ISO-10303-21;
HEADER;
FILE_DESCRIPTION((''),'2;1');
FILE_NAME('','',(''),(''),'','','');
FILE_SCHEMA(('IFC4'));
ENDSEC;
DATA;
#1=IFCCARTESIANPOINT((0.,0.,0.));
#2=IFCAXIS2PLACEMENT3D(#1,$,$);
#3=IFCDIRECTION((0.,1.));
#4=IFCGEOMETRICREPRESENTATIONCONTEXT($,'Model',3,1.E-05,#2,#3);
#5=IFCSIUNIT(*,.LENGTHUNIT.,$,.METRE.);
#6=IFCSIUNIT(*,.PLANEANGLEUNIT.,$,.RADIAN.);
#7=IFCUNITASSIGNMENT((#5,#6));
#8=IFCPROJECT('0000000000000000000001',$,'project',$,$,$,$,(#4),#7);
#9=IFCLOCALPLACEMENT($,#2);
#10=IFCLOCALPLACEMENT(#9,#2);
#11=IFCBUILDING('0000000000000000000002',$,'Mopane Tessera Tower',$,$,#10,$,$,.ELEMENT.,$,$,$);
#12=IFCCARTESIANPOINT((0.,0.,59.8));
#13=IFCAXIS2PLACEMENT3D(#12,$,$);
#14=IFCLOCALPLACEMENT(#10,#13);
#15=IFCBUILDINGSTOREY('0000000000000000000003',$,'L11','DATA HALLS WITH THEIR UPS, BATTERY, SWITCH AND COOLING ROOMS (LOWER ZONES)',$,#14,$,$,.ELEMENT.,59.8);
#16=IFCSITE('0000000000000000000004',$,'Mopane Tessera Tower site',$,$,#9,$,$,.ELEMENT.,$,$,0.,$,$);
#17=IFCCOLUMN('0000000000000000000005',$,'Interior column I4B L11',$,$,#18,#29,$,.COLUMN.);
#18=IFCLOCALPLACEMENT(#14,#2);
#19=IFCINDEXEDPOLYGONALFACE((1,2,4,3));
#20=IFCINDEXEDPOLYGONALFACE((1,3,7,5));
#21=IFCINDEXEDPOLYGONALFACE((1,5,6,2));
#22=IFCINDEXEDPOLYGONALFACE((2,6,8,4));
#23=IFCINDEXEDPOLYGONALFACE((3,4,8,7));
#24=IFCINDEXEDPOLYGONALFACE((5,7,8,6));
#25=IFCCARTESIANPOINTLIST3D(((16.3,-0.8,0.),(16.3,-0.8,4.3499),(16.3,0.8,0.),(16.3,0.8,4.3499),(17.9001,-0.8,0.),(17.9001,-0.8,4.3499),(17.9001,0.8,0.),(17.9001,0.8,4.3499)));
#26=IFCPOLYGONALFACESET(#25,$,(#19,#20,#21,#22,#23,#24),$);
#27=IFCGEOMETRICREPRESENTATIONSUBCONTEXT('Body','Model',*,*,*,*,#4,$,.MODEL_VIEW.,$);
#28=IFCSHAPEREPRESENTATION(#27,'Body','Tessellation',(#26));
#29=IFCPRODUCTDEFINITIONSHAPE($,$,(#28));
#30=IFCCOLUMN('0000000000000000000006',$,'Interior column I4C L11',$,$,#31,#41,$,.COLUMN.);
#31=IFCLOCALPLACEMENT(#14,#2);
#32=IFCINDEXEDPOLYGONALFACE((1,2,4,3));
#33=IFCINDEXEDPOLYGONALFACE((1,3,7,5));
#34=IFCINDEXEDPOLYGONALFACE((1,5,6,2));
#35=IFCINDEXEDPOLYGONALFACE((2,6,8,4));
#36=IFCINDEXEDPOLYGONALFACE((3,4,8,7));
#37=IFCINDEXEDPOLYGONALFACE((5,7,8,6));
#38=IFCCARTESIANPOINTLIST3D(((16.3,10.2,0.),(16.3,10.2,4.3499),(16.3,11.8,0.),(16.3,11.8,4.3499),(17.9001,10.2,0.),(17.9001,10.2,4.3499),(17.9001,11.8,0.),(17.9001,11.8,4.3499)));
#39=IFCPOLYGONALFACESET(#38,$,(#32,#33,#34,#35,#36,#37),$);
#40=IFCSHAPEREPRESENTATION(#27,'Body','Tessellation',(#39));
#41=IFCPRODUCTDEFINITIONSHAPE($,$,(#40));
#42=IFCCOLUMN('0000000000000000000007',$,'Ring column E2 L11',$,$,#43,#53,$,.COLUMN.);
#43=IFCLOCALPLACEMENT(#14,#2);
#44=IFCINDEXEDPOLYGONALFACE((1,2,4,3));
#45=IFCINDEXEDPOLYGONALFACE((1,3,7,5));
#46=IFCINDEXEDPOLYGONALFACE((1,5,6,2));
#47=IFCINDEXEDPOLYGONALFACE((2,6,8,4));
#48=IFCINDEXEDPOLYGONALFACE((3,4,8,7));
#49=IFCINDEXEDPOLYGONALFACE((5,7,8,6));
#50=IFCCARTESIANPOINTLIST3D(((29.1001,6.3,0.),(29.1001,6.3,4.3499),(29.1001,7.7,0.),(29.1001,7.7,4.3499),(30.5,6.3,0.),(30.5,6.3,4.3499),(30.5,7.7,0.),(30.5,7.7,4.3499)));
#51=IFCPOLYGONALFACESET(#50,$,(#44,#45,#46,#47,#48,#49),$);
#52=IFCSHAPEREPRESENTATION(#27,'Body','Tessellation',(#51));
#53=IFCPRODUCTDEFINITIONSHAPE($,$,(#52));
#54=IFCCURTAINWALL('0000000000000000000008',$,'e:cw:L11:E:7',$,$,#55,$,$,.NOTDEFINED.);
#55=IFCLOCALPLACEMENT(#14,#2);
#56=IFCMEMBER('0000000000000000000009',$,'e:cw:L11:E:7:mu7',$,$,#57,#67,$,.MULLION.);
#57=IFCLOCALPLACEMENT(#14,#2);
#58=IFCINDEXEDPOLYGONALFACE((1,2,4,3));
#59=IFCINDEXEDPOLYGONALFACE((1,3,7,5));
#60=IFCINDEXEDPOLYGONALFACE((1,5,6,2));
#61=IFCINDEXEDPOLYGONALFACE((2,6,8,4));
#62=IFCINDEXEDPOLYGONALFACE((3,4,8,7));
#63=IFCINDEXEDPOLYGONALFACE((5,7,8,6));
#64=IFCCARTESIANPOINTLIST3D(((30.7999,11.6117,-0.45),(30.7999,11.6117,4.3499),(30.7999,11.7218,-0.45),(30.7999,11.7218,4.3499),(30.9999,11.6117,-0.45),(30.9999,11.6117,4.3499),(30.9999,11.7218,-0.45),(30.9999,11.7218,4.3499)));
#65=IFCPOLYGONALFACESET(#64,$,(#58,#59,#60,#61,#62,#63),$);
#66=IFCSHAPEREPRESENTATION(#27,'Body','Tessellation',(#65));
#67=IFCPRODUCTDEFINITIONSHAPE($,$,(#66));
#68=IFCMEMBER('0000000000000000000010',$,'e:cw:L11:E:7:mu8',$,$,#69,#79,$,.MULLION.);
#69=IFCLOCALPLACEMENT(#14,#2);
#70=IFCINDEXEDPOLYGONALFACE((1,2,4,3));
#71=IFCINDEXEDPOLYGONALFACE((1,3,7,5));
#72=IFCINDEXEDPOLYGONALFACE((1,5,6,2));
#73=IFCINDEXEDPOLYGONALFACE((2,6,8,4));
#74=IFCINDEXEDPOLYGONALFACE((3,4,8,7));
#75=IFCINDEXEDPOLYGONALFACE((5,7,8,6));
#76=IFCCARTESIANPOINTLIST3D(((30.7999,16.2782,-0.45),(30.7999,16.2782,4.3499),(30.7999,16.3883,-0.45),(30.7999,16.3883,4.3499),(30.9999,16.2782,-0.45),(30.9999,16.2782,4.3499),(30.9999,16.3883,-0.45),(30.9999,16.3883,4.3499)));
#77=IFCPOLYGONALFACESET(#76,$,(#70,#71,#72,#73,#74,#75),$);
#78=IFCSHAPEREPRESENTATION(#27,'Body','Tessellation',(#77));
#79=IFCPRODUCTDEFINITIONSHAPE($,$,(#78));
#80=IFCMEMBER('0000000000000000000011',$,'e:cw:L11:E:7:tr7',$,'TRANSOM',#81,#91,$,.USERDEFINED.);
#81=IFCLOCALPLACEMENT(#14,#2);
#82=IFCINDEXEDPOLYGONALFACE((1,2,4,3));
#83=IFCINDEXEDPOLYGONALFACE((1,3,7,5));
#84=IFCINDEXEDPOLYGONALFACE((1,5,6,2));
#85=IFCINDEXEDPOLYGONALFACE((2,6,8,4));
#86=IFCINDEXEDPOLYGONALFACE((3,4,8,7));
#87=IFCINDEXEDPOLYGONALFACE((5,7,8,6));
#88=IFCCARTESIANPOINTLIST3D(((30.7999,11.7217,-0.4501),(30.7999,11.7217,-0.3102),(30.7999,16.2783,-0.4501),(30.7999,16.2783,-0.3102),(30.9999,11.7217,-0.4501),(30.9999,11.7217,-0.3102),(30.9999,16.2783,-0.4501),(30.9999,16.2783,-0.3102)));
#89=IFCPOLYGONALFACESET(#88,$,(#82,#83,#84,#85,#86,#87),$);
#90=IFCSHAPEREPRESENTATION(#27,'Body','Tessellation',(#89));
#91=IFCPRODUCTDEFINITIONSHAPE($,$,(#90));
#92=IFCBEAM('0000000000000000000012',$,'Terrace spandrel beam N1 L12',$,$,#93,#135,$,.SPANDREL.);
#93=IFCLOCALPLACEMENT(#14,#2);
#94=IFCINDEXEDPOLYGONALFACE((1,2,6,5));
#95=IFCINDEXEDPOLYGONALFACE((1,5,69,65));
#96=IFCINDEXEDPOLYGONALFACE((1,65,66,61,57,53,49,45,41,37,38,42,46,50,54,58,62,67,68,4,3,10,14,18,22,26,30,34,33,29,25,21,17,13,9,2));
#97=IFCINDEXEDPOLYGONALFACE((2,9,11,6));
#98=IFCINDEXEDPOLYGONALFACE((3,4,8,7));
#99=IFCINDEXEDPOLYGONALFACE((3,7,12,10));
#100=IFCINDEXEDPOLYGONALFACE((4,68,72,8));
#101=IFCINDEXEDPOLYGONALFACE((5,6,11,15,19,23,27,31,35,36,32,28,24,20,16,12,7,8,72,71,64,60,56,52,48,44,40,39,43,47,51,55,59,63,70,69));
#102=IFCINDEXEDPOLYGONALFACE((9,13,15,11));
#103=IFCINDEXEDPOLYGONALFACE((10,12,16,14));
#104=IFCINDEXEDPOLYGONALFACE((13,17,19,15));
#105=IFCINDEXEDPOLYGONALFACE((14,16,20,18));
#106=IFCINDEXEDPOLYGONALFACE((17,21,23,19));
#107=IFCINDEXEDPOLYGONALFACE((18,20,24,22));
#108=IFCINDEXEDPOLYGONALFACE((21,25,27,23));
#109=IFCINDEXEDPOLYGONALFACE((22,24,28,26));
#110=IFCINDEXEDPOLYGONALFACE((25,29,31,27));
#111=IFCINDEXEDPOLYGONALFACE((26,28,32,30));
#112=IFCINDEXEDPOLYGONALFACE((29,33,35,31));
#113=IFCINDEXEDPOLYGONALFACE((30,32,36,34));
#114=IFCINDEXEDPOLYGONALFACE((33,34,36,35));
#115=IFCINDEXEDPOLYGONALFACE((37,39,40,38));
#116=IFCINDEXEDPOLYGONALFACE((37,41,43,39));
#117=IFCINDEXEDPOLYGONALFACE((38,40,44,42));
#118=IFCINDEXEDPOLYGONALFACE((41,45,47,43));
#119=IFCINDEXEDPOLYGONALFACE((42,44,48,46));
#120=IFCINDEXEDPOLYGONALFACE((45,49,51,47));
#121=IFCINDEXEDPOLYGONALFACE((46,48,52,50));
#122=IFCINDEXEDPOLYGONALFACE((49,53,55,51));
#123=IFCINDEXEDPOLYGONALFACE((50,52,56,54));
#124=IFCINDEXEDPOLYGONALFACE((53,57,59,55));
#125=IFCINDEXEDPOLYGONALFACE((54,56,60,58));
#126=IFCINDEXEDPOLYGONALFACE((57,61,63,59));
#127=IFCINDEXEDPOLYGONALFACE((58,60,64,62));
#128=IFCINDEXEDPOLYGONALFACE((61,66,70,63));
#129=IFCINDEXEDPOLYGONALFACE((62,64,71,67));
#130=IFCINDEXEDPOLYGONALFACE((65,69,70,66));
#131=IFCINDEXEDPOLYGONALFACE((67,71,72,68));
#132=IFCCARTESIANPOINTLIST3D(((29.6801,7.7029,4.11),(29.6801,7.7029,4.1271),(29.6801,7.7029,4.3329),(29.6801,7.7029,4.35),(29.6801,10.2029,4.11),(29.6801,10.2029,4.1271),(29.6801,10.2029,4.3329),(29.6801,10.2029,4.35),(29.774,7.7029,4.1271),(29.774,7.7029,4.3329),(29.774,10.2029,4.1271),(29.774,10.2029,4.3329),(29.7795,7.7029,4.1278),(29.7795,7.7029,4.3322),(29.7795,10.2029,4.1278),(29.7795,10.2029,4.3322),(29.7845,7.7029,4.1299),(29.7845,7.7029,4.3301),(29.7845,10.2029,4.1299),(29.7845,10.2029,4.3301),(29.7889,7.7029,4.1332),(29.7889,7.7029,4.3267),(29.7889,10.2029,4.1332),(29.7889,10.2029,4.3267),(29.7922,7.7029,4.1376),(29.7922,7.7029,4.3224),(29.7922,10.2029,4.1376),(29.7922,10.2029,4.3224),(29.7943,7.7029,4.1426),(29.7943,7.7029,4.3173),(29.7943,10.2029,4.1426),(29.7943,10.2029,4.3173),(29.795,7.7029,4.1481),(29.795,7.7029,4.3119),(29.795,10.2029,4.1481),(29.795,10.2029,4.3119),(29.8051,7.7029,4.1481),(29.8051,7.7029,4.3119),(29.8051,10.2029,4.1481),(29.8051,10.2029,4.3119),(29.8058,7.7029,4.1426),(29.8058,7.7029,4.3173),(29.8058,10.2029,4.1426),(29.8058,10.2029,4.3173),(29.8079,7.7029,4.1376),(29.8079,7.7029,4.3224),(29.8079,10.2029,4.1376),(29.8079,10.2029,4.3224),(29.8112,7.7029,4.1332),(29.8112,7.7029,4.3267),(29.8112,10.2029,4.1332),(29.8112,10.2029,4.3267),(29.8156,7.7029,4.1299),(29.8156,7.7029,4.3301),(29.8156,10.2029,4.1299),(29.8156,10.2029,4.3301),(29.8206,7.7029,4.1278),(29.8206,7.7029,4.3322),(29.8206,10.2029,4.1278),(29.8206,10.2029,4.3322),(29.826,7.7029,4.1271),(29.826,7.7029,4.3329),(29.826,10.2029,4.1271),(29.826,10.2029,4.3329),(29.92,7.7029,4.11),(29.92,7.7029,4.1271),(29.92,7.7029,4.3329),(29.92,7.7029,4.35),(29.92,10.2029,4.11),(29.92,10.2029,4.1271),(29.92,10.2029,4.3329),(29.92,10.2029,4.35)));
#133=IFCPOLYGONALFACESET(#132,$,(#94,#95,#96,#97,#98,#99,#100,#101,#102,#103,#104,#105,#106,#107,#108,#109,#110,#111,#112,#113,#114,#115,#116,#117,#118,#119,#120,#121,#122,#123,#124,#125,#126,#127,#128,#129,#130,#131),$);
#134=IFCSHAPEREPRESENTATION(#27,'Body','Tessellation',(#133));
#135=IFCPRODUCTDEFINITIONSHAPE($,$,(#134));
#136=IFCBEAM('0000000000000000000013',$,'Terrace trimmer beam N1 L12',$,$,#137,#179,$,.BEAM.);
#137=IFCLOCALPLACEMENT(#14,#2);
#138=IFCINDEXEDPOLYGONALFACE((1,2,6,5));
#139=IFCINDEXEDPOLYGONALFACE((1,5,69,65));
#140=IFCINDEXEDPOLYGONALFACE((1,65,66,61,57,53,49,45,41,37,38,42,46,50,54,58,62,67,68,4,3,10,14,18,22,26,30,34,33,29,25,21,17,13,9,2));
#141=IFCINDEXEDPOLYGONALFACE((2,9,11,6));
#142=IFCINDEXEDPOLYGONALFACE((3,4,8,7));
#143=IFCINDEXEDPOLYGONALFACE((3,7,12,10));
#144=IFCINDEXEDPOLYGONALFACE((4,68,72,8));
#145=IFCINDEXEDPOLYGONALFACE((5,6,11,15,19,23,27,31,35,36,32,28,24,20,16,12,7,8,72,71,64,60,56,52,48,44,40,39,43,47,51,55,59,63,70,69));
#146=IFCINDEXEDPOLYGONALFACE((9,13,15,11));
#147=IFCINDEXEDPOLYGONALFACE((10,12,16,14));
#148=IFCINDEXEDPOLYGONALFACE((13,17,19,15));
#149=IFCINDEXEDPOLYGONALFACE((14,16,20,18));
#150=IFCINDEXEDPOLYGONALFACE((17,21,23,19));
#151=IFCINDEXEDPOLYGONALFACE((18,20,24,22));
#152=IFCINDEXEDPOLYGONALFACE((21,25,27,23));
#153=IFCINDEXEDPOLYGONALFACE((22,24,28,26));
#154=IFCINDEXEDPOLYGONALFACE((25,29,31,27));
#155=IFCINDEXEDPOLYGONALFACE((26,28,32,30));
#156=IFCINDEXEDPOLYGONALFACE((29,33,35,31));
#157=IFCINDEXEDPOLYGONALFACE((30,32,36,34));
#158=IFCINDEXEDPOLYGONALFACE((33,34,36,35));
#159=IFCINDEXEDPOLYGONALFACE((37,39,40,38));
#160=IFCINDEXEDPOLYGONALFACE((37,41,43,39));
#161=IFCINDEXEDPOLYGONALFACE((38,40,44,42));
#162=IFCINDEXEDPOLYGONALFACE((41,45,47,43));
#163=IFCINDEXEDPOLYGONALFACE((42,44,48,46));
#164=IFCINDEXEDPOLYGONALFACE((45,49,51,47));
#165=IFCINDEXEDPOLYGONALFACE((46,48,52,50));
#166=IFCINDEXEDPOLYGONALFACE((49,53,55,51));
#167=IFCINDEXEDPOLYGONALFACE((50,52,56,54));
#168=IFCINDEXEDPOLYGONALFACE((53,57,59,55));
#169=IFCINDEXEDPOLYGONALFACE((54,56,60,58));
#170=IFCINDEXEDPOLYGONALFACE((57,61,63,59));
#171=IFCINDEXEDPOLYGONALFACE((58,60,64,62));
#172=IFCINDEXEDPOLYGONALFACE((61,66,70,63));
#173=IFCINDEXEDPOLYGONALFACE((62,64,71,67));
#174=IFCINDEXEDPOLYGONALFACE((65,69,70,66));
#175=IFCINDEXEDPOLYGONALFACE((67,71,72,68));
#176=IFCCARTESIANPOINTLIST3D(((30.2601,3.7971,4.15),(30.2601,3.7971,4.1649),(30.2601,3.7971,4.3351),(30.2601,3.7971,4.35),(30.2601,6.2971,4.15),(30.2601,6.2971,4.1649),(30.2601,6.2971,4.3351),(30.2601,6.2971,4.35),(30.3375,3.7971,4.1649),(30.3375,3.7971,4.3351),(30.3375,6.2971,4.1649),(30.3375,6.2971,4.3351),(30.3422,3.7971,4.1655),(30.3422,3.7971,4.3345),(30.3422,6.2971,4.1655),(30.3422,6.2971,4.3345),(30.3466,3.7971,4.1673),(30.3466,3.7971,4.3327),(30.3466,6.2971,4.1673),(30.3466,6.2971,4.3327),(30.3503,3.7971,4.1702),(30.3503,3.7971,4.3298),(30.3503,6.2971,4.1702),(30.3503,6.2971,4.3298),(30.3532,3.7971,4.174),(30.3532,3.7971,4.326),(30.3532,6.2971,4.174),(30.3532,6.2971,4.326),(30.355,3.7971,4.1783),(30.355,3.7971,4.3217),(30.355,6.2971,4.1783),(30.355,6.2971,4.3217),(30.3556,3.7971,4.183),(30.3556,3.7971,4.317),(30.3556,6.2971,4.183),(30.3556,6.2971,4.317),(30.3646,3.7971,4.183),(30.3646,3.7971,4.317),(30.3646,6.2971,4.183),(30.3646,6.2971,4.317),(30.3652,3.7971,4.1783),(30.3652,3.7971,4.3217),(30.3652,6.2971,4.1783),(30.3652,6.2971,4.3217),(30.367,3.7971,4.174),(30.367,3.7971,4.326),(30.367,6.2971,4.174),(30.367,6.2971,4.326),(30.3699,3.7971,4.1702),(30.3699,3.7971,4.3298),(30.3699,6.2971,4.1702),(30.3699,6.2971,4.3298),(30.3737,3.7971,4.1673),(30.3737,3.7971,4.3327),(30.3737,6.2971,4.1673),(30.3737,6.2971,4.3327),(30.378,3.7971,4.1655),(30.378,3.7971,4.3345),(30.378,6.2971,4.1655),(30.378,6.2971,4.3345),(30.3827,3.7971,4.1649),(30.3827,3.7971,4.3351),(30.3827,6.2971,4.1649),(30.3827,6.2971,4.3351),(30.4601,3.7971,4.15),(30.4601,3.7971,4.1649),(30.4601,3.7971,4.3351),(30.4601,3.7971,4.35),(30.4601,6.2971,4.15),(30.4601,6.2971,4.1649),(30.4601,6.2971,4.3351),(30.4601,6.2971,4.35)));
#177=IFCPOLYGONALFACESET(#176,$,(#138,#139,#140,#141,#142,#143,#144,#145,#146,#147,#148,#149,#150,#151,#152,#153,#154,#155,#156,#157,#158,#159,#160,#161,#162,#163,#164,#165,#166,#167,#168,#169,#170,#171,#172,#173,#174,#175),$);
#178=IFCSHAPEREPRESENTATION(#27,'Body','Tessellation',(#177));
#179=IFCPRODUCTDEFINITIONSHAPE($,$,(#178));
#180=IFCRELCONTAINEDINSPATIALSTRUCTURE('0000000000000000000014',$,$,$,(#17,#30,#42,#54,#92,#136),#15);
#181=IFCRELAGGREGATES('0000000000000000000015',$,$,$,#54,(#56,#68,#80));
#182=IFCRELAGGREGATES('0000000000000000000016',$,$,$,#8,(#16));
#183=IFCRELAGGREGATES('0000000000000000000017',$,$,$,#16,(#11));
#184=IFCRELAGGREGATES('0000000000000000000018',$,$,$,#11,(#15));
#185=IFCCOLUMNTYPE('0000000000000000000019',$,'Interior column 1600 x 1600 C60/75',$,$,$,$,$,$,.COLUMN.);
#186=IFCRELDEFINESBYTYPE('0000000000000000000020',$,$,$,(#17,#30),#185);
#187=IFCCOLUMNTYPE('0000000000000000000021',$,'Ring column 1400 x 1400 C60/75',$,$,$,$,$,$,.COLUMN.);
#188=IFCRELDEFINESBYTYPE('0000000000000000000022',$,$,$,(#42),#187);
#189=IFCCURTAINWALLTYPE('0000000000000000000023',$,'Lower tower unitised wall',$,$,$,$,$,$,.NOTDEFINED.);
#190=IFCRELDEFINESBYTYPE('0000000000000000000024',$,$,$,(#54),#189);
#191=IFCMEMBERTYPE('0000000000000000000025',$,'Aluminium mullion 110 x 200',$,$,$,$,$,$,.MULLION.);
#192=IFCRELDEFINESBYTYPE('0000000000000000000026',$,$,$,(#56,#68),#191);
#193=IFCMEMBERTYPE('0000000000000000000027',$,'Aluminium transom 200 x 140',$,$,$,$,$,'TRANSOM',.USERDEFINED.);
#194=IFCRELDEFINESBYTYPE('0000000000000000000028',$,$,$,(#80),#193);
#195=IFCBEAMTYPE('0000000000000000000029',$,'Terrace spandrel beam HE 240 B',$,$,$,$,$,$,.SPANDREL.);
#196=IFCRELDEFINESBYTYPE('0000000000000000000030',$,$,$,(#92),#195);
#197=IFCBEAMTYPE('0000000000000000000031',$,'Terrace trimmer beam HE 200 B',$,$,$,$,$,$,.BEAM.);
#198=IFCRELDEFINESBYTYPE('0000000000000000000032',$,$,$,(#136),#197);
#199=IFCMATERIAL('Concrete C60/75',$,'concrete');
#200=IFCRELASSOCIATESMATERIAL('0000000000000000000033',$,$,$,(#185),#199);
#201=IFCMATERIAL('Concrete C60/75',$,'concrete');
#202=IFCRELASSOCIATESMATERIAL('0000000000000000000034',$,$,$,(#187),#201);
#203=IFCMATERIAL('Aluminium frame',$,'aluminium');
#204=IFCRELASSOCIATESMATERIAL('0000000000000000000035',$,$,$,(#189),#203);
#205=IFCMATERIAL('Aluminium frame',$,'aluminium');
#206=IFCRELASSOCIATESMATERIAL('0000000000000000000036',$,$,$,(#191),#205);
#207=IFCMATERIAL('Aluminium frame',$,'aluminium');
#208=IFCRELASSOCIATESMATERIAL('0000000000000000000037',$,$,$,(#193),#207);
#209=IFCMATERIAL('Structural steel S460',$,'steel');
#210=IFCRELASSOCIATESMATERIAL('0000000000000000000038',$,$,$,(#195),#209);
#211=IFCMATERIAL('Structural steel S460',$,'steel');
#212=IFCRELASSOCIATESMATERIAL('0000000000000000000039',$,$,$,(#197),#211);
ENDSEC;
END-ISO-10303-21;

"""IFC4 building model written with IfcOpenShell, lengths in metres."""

from ifc_helpers import new_model, si_unit, direction, frame, origin, origin_2d, place, context, subcontext, project, spatial, rectangle, i_section, extrude, material, material_profile, profile_set, type_object, element, aggregate, save


model = new_model("IFC4")

# Units and contexts
model_context = context("Model", 3, precision=1e-05, world=origin(), true_north=direction((0.0, 1.0)))
body_context = subcontext(model_context, "Body", "Model", "MODEL_VIEW")
ifc_project = project(units=[si_unit("LENGTHUNIT", "METRE"), si_unit("PLANEANGLEUNIT", "RADIAN")], contexts=[model_context])

# Site, building, storey
site_placement = place(None, origin())
site = spatial("IfcSite", under=ifc_project, at=site_placement, Name="Mopane Tessera Tower site", CompositionType="ELEMENT", RefElevation=0.0)
building_placement = place(site_placement, origin())
building = spatial("IfcBuilding", under=site, at=building_placement, Name="Mopane Tessera Tower", CompositionType="ELEMENT")
storey_placement = place(building_placement, frame((0.0, 0.0, 59.8)))
storey = spatial("IfcBuildingStorey", under=building, at=storey_placement, Name="L11", Description="DATA HALLS WITH THEIR UPS, BATTERY, SWITCH AND COOLING ROOMS (LOWER ZONES)", CompositionType="ELEMENT", Elevation=59.8)

# Columns
ifc_material_1 = material(Name="Concrete C60/75", Category="concrete")
ifc_material_profile_1 = material_profile(ifc_material_1, rectangle(XDim=1.6001, YDim=1.6001, at=origin_2d()))
ifc_profile_set_1 = profile_set([ifc_material_profile_1], Name="Concrete C60/75")
column_type_1 = type_object("IfcColumnType", Name="Interior column 1600 x 1600 C60/75", PredefinedType="COLUMN", material=ifc_profile_set_1)
for number, where, z_axis, x_axis, name in (
    (1, (17.1001, 0.0, 0.0), (0.0, 0.0, 1.0), (1.0, 0.0, 0.0), "Interior column I4B L11"),
    (2, (17.1001, 11.0, 0.0), (0.0, 0.0, 1.0), (1.0, 0.0, 0.0), "Interior column I4C L11"),
):
    element("IfcColumn", number, at=place(storey_placement, frame(where, z_axis=z_axis, x_axis=x_axis)), inside=storey, type_object=column_type_1, Name=name, PredefinedType="COLUMN", context=body_context, shape_type="SweptSolid", body=[
        extrude(rectangle(XDim=1.6001, YDim=1.6001, at=origin_2d()), origin(), (0.0, 0.0, 1.0), 4.3499),
    ])
ifc_material_2 = material(Name="Concrete C60/75", Category="concrete")
ifc_material_profile_2 = material_profile(ifc_material_2, rectangle(XDim=1.3999, YDim=1.3999, at=origin_2d()))
ifc_profile_set_2 = profile_set([ifc_material_profile_2], Name="Concrete C60/75")
column_type_2 = type_object("IfcColumnType", Name="Ring column 1400 x 1400 C60/75", PredefinedType="COLUMN", material=ifc_profile_set_2)
column_placement = place(storey_placement, frame((29.8, 7.0, 0.0), z_axis=(0.0, 0.0, 1.0), x_axis=(1.0, 0.0, 0.0)))
element("IfcColumn", 3, at=column_placement, inside=storey, type_object=column_type_2, Name="Ring column E2 L11", PredefinedType="COLUMN", context=body_context, shape_type="SweptSolid", body=[
    extrude(rectangle(XDim=1.3999, YDim=1.3999, at=origin_2d()), origin(), (0.0, 0.0, 1.0), 4.3499),
])

# Curtain wall, members
ifc_material_3 = material(Name="Aluminium frame", Category="aluminium")
curtain_wall_type = type_object("IfcCurtainWallType", Name="Lower tower unitised wall", PredefinedType="NOTDEFINED", material=ifc_material_3)
curtain_wall_placement = place(storey_placement, origin())
curtain_wall = element("IfcCurtainWall", 4, at=curtain_wall_placement, inside=storey, type_object=curtain_wall_type, Name="e:cw:L11:E:7", PredefinedType="NOTDEFINED")
ifc_material_4 = material(Name="Aluminium frame", Category="aluminium")
ifc_material_profile_3 = material_profile(ifc_material_4, rectangle(XDim=0.1101, YDim=0.2, at=origin_2d()))
ifc_profile_set_3 = profile_set([ifc_material_profile_3], Name="Aluminium frame")
member_type_1 = type_object("IfcMemberType", Name="Aluminium mullion 110 x 200", PredefinedType="MULLION", material=ifc_profile_set_3)
member_1_placement = place(storey_placement, frame((30.8999, 11.6667, -0.45), z_axis=(0.0, 0.0, 1.0), x_axis=(0.0, 1.0, 0.0)))
member_1 = element("IfcMember", 5, at=member_1_placement, type_object=member_type_1, Name="e:cw:L11:E:7:mu7", PredefinedType="MULLION", context=body_context, shape_type="SweptSolid", body=[
    extrude(rectangle(XDim=0.1101, YDim=0.2, at=origin_2d()), origin(), (0.0, 0.0, 1.0), 4.7998),
])
member_2_placement = place(storey_placement, frame((30.8999, 16.3333, -0.45), z_axis=(0.0, 0.0, 1.0), x_axis=(0.0, 1.0, 0.0)))
member_2 = element("IfcMember", 6, at=member_2_placement, type_object=member_type_1, Name="e:cw:L11:E:7:mu8", PredefinedType="MULLION", context=body_context, shape_type="SweptSolid", body=[
    extrude(rectangle(XDim=0.1101, YDim=0.2, at=origin_2d()), origin(), (0.0, 0.0, 1.0), 4.7998),
])
ifc_material_5 = material(Name="Aluminium frame", Category="aluminium")
ifc_material_profile_4 = material_profile(ifc_material_5, rectangle(XDim=0.2, YDim=0.1399, at=origin_2d()))
ifc_profile_set_4 = profile_set([ifc_material_profile_4], Name="Aluminium frame")
member_type_2 = type_object("IfcMemberType", Name="Aluminium transom 200 x 140", ElementType="TRANSOM", PredefinedType="USERDEFINED", material=ifc_profile_set_4)
member_3_placement = place(storey_placement, frame((30.8999, 11.7217, -0.3801), z_axis=(0.0, 1.0, 0.0), x_axis=(-1.0, 0.0, 0.0)))
member_3 = element("IfcMember", 7, at=member_3_placement, type_object=member_type_2, Name="e:cw:L11:E:7:tr7", ObjectType="TRANSOM", PredefinedType="USERDEFINED", context=body_context, shape_type="SweptSolid", body=[
    extrude(rectangle(XDim=0.2, YDim=0.1399, at=origin_2d()), origin(), (0.0, 0.0, 1.0), 4.5566),
])

# Beams
ifc_material_6 = material(Name="Structural steel S460", Category="steel")
ifc_material_profile_5 = material_profile(ifc_material_6, i_section(OverallWidth=0.24, OverallDepth=0.24, WebThickness=0.01, FlangeThickness=0.0171, FilletRadius=0.021, at=origin_2d()))
ifc_profile_set_5 = profile_set([ifc_material_profile_5], Name="Structural steel S460")
beam_type_1 = type_object("IfcBeamType", Name="Terrace spandrel beam HE 240 B", PredefinedType="SPANDREL", material=ifc_profile_set_5)
beam_1_placement = place(storey_placement, frame((29.8, 7.7029, 4.23), z_axis=(0.0, 1.0, 0.0), x_axis=(-1.0, 0.0, 0.0)))
element("IfcBeam", 8, at=beam_1_placement, inside=storey, type_object=beam_type_1, Name="Terrace spandrel beam N1 L12", PredefinedType="SPANDREL", context=body_context, shape_type="SweptSolid", body=[
    extrude(i_section(OverallWidth=0.24, OverallDepth=0.24, WebThickness=0.01, FlangeThickness=0.0171, FilletRadius=0.021, at=origin_2d()), origin(), (0.0, 0.0, 1.0), 2.5),
])
ifc_material_7 = material(Name="Structural steel S460", Category="steel")
ifc_material_profile_6 = material_profile(ifc_material_7, i_section(OverallWidth=0.2, OverallDepth=0.2, WebThickness=0.009, FlangeThickness=0.0149, FilletRadius=0.0181, at=origin_2d()))
ifc_profile_set_6 = profile_set([ifc_material_profile_6], Name="Structural steel S460")
beam_type_2 = type_object("IfcBeamType", Name="Terrace trimmer beam HE 200 B", PredefinedType="BEAM", material=ifc_profile_set_6)
beam_2_placement = place(storey_placement, frame((30.3601, 6.2971, 4.25), z_axis=(0.0, -1.0, 0.0), x_axis=(1.0, 0.0, 0.0)))
element("IfcBeam", 9, at=beam_2_placement, inside=storey, type_object=beam_type_2, Name="Terrace trimmer beam N1 L12", PredefinedType="BEAM", context=body_context, shape_type="SweptSolid", body=[
    extrude(i_section(OverallWidth=0.2, OverallDepth=0.2, WebThickness=0.009, FlangeThickness=0.0149, FilletRadius=0.0181, at=origin_2d()), origin(), (0.0, 0.0, 1.0), 2.5),
])

aggregate(curtain_wall, [member_1, member_2, member_3])

save(model, "model.ifc")
